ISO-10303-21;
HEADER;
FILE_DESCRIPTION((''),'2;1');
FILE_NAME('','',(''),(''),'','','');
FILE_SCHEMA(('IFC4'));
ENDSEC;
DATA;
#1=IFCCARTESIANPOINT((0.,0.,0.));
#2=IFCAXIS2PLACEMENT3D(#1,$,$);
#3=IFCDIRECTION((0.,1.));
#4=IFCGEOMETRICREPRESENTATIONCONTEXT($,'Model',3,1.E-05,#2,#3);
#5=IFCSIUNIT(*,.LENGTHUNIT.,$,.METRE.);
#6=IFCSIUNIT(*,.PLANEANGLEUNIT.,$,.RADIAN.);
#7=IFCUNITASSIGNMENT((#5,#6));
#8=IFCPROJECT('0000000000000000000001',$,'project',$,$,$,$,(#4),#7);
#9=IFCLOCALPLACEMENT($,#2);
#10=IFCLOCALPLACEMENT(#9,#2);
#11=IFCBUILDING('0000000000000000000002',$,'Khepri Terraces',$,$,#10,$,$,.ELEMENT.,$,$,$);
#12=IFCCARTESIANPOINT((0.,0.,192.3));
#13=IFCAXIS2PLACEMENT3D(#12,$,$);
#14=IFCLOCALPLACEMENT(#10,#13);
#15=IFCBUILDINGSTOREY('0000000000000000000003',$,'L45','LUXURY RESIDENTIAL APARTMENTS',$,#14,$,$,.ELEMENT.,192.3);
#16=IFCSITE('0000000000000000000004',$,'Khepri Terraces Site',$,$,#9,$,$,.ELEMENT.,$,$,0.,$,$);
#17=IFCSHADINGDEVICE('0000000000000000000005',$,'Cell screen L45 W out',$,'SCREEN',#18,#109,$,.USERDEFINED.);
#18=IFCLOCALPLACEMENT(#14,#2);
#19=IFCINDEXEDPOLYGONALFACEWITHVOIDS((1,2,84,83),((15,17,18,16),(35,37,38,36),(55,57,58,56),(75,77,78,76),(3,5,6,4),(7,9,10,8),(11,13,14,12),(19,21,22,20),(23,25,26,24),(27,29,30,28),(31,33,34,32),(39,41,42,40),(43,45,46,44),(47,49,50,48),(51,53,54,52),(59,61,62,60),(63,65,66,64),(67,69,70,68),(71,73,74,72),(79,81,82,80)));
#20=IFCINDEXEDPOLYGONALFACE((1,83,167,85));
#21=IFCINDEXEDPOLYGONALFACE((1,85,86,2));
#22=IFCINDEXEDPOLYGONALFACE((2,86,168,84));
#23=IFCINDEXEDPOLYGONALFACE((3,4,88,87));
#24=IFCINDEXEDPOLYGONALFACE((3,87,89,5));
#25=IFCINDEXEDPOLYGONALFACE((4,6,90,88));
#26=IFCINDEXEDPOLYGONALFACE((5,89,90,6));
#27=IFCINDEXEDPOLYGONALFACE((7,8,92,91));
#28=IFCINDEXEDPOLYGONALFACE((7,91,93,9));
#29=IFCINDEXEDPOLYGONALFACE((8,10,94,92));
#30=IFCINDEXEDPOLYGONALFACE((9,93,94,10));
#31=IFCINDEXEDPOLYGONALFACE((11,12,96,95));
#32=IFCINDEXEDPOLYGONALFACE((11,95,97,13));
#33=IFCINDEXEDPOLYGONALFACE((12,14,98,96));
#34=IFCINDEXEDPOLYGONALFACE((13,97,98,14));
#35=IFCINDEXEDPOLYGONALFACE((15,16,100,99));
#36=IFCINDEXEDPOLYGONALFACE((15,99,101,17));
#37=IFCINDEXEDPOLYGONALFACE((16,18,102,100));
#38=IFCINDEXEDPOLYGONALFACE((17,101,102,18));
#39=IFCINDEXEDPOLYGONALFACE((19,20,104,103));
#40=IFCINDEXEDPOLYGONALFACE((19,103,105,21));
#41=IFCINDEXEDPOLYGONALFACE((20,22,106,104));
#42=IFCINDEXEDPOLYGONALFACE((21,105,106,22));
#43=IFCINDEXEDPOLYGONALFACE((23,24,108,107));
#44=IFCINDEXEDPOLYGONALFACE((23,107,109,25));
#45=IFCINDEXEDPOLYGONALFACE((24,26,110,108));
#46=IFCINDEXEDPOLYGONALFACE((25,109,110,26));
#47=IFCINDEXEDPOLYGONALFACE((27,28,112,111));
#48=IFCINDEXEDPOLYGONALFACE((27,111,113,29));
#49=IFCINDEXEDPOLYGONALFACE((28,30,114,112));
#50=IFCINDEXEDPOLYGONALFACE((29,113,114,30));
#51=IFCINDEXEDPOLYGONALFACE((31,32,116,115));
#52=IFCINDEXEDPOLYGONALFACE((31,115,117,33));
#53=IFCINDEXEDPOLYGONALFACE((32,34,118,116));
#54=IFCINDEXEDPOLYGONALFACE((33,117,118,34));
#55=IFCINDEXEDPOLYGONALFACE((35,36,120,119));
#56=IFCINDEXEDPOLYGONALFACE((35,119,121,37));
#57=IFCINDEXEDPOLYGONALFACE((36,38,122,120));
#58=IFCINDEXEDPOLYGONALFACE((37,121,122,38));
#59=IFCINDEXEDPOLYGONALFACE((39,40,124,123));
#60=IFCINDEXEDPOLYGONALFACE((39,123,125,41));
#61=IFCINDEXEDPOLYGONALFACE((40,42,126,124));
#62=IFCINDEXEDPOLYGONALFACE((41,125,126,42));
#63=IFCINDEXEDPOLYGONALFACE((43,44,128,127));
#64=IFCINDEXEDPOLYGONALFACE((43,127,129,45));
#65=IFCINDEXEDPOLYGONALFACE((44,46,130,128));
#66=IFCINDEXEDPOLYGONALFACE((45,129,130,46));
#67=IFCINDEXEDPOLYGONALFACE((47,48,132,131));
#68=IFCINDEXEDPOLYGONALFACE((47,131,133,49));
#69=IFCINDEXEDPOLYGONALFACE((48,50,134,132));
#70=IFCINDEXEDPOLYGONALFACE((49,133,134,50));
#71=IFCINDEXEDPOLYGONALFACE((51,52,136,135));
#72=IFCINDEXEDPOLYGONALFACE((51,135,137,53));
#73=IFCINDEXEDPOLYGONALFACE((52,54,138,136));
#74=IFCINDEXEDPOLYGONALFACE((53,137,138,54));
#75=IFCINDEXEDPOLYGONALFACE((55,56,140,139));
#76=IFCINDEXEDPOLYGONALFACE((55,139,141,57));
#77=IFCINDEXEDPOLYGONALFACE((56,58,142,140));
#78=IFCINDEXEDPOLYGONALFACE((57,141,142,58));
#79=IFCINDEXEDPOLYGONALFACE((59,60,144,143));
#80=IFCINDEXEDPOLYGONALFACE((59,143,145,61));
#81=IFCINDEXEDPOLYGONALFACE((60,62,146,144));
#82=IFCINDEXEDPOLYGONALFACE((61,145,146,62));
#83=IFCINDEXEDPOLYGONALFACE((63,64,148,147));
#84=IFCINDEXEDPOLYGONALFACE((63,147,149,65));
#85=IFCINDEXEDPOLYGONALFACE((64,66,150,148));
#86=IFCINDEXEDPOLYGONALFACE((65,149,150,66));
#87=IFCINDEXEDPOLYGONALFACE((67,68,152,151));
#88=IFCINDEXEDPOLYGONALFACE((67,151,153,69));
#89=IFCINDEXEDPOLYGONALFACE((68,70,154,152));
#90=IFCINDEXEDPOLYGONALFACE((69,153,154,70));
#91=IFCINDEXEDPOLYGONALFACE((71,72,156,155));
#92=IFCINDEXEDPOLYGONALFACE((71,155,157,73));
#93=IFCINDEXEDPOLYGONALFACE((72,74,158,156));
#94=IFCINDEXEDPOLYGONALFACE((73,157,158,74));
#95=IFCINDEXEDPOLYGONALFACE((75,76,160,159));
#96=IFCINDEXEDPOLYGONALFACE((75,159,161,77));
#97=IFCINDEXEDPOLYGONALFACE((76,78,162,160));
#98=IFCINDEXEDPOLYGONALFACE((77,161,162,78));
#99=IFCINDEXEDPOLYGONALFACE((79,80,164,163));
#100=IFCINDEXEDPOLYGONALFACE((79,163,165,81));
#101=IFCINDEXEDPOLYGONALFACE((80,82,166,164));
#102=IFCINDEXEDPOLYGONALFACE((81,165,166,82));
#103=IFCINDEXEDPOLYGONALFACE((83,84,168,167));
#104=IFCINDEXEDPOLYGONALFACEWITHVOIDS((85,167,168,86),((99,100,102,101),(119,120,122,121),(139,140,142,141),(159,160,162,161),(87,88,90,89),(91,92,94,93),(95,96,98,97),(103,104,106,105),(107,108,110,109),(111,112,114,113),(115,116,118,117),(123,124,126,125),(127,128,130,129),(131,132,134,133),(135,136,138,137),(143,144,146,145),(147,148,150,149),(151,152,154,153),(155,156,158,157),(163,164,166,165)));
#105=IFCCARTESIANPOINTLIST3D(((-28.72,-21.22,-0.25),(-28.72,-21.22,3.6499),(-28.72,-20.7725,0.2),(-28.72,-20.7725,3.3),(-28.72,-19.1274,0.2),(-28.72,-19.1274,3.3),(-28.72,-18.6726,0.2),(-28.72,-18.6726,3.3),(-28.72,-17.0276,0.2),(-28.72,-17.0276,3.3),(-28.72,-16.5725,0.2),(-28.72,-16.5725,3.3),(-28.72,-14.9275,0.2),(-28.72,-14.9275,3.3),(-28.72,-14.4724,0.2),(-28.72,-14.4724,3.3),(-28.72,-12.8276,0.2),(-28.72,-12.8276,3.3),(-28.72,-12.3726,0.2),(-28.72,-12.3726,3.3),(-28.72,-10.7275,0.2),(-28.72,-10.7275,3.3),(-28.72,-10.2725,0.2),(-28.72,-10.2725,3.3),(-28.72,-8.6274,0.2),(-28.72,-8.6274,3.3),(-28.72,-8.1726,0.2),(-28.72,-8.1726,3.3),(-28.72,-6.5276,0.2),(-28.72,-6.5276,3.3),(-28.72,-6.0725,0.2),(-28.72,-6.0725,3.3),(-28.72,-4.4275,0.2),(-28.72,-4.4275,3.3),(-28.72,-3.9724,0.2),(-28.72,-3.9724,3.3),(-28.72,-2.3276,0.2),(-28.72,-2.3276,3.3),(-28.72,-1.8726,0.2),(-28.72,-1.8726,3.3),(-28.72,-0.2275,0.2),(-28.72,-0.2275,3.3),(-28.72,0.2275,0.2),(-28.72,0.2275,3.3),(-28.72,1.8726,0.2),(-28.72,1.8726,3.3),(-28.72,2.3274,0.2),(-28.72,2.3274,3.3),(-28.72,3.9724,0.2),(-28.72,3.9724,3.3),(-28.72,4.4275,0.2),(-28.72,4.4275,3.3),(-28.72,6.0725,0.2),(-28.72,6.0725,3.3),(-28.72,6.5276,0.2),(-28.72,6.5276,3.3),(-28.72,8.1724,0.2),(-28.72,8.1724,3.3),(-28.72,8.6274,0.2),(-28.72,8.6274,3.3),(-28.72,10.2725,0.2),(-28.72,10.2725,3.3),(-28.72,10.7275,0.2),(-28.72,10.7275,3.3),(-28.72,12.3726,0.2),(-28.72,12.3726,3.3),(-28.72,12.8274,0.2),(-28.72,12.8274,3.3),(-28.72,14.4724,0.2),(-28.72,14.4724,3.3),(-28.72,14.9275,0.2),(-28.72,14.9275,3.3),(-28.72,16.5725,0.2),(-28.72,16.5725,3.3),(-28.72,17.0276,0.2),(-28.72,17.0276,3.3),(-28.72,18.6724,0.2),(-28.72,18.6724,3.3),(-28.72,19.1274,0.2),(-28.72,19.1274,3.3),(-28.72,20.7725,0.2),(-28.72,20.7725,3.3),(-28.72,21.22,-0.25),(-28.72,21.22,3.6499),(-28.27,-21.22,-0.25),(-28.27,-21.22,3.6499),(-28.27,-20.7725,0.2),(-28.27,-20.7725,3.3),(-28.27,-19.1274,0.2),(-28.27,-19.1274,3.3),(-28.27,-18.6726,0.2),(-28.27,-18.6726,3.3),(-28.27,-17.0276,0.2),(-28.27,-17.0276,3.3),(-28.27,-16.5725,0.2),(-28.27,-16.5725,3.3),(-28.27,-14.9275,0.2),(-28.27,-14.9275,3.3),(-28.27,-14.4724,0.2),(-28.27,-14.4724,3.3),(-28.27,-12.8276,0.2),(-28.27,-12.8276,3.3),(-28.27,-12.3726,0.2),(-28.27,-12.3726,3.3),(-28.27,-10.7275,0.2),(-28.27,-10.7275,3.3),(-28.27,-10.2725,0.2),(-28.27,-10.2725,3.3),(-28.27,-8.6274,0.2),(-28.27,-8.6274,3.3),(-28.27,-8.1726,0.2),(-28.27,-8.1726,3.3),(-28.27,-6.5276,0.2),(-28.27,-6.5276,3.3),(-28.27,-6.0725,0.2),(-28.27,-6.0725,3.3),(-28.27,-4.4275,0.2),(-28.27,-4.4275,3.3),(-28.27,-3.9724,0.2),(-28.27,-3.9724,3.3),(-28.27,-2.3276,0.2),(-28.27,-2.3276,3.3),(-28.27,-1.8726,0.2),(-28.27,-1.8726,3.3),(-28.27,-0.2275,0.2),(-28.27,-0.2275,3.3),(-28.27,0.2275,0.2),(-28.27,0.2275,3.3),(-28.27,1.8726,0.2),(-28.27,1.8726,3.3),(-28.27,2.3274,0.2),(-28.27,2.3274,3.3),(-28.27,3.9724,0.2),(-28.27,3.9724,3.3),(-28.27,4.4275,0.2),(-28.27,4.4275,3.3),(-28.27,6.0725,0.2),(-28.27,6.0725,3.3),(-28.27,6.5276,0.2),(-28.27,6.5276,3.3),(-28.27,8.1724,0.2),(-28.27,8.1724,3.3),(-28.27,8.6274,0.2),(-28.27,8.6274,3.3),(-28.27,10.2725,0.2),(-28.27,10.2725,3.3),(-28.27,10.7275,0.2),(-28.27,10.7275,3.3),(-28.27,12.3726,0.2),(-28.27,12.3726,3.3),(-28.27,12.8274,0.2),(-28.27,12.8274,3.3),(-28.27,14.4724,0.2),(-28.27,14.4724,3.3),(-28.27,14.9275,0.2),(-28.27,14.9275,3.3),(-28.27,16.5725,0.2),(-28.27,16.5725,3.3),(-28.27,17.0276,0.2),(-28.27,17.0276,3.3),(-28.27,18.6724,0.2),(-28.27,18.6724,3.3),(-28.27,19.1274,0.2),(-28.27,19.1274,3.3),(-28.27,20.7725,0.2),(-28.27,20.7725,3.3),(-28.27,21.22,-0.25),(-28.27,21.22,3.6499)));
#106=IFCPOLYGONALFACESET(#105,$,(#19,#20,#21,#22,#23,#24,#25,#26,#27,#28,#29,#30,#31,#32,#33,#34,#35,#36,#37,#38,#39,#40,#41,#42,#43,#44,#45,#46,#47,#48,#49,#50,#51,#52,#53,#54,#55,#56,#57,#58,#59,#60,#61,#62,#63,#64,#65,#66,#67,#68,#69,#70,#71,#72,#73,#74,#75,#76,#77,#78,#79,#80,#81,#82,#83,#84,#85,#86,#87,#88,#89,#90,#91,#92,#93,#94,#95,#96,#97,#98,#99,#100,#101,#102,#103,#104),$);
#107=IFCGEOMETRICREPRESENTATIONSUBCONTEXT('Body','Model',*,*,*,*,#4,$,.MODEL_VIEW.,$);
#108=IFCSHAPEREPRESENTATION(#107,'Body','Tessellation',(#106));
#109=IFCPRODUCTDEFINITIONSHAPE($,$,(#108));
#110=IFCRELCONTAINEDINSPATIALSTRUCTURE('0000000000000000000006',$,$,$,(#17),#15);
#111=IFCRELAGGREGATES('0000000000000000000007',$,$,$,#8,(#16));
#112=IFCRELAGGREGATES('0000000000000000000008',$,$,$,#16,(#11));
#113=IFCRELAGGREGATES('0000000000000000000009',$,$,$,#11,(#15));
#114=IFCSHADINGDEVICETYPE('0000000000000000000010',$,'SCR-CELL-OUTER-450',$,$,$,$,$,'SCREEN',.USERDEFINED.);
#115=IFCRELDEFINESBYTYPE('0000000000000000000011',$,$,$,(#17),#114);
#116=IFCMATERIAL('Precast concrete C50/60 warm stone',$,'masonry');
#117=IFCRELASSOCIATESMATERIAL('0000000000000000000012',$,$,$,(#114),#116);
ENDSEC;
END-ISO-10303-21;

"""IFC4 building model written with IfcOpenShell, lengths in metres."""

from ifc_helpers import new_model, si_unit, direction, frame, origin, place, context, subcontext, project, spatial, polyline, outline, extrude, material, type_object, element, save


model = new_model("IFC4")

# Units and contexts
model_context = context("Model", 3, precision=1e-05, world=origin(), true_north=direction((0.0, 1.0)))
body_context = subcontext(model_context, "Body", "Model", "MODEL_VIEW")
ifc_project = project(units=[si_unit("LENGTHUNIT", "METRE"), si_unit("PLANEANGLEUNIT", "RADIAN")], contexts=[model_context])

# Site, building, storey
site_placement = place(None, origin())
site = spatial("IfcSite", under=ifc_project, at=site_placement, Name="Khepri Terraces Site", CompositionType="ELEMENT", RefElevation=0.0)
building_placement = place(site_placement, origin())
building = spatial("IfcBuilding", under=site, at=building_placement, Name="Khepri Terraces", CompositionType="ELEMENT")
storey_placement = place(building_placement, frame((0.0, 0.0, 192.3)))
storey = spatial("IfcBuildingStorey", under=building, at=storey_placement, Name="L45", Description="LUXURY RESIDENTIAL APARTMENTS", CompositionType="ELEMENT", Elevation=192.3)

# Shared definitions
ifc_material_1 = material(Name="Precast concrete C50/60 warm stone", Category="masonry")

# Shading device
shading_device_type_1 = type_object("IfcShadingDeviceType", Name="SCR-CELL-OUTER-450", ElementType="SCREEN", PredefinedType="USERDEFINED", material=ifc_material_1)
shading_device_1_placement = place(storey_placement, frame((-28.27, 21.22, -0.25), z_axis=(-1.0, 0.0, 0.0), x_axis=(0.0, -1.0, 0.0)))
element("IfcShadingDevice", 1, at=shading_device_1_placement, inside=storey, type_object=shading_device_type_1, Name="Cell screen L45 W out", ObjectType="SCREEN", PredefinedType="USERDEFINED", context=body_context, shape_type="SweptSolid", body=[
    extrude(outline(polyline([(0.0, 0.0), (42.4399, 0.0), (42.4399, 3.8999), (0.0, 3.8999), (0.0, 0.0)]), holes=[polyline([(0.4475, 0.45), (2.0925, 0.45), (2.0925, 3.55), (0.4475, 3.55), (0.4475, 0.45)]), polyline([(2.5476, 0.45), (4.1924, 0.45), (4.1924, 3.55), (2.5476, 3.55), (2.5476, 0.45)]), polyline([(4.6475, 0.45), (6.2925, 0.45), (6.2925, 3.55), (4.6475, 3.55), (4.6475, 0.45)]), polyline([(6.7476, 0.45), (8.3926, 0.45), (8.3926, 3.55), (6.7476, 3.55), (6.7476, 0.45)]), polyline([(8.8474, 0.45), (10.4924, 0.45), (10.4924, 3.55), (8.8474, 3.55), (8.8474, 0.45)]), polyline([(10.9475, 0.45), (12.5925, 0.45), (12.5925, 3.55), (10.9475, 3.55), (10.9475, 0.45)]), polyline([(13.0476, 0.45), (14.6924, 0.45), (14.6924, 3.55), (13.0476, 3.55), (13.0476, 0.45)]), polyline([(15.1475, 0.45), (16.7925, 0.45), (16.7925, 3.55), (15.1475, 3.55), (15.1475, 0.45)]), polyline([(17.2476, 0.45), (18.8926, 0.45), (18.8926, 3.55), (17.2476, 3.55), (17.2476, 0.45)]), polyline([(19.3474, 0.45), (20.9924, 0.45), (20.9924, 3.55), (19.3474, 3.55), (19.3474, 0.45)]), polyline([(21.4475, 0.45), (23.0925, 0.45), (23.0925, 3.55), (21.4475, 3.55), (21.4475, 0.45)]), polyline([(23.5476, 0.45), (25.1924, 0.45), (25.1924, 3.55), (23.5476, 3.55), (23.5476, 0.45)]), polyline([(25.6475, 0.45), (27.2925, 0.45), (27.2925, 3.55), (25.6475, 3.55), (25.6475, 0.45)]), polyline([(27.7476, 0.45), (29.3926, 0.45), (29.3926, 3.55), (27.7476, 3.55), (27.7476, 0.45)]), polyline([(29.8474, 0.45), (31.4924, 0.45), (31.4924, 3.55), (29.8474, 3.55), (29.8474, 0.45)]), polyline([(31.9475, 0.45), (33.5925, 0.45), (33.5925, 3.55), (31.9475, 3.55), (31.9475, 0.45)]), polyline([(34.0476, 0.45), (35.6924, 0.45), (35.6924, 3.55), (34.0476, 3.55), (34.0476, 0.45)]), polyline([(36.1475, 0.45), (37.7925, 0.45), (37.7925, 3.55), (36.1475, 3.55), (36.1475, 0.45)]), polyline([(38.2476, 0.45), (39.8926, 0.45), (39.8926, 3.55), (38.2476, 3.55), (38.2476, 0.45)]), polyline([(40.3474, 0.45), (41.9924, 0.45), (41.9924, 3.55), (40.3474, 3.55), (40.3474, 0.45)])]), origin(), (0.0, 0.0, 1.0), 0.45),
])

save(model, "model.ifc")
